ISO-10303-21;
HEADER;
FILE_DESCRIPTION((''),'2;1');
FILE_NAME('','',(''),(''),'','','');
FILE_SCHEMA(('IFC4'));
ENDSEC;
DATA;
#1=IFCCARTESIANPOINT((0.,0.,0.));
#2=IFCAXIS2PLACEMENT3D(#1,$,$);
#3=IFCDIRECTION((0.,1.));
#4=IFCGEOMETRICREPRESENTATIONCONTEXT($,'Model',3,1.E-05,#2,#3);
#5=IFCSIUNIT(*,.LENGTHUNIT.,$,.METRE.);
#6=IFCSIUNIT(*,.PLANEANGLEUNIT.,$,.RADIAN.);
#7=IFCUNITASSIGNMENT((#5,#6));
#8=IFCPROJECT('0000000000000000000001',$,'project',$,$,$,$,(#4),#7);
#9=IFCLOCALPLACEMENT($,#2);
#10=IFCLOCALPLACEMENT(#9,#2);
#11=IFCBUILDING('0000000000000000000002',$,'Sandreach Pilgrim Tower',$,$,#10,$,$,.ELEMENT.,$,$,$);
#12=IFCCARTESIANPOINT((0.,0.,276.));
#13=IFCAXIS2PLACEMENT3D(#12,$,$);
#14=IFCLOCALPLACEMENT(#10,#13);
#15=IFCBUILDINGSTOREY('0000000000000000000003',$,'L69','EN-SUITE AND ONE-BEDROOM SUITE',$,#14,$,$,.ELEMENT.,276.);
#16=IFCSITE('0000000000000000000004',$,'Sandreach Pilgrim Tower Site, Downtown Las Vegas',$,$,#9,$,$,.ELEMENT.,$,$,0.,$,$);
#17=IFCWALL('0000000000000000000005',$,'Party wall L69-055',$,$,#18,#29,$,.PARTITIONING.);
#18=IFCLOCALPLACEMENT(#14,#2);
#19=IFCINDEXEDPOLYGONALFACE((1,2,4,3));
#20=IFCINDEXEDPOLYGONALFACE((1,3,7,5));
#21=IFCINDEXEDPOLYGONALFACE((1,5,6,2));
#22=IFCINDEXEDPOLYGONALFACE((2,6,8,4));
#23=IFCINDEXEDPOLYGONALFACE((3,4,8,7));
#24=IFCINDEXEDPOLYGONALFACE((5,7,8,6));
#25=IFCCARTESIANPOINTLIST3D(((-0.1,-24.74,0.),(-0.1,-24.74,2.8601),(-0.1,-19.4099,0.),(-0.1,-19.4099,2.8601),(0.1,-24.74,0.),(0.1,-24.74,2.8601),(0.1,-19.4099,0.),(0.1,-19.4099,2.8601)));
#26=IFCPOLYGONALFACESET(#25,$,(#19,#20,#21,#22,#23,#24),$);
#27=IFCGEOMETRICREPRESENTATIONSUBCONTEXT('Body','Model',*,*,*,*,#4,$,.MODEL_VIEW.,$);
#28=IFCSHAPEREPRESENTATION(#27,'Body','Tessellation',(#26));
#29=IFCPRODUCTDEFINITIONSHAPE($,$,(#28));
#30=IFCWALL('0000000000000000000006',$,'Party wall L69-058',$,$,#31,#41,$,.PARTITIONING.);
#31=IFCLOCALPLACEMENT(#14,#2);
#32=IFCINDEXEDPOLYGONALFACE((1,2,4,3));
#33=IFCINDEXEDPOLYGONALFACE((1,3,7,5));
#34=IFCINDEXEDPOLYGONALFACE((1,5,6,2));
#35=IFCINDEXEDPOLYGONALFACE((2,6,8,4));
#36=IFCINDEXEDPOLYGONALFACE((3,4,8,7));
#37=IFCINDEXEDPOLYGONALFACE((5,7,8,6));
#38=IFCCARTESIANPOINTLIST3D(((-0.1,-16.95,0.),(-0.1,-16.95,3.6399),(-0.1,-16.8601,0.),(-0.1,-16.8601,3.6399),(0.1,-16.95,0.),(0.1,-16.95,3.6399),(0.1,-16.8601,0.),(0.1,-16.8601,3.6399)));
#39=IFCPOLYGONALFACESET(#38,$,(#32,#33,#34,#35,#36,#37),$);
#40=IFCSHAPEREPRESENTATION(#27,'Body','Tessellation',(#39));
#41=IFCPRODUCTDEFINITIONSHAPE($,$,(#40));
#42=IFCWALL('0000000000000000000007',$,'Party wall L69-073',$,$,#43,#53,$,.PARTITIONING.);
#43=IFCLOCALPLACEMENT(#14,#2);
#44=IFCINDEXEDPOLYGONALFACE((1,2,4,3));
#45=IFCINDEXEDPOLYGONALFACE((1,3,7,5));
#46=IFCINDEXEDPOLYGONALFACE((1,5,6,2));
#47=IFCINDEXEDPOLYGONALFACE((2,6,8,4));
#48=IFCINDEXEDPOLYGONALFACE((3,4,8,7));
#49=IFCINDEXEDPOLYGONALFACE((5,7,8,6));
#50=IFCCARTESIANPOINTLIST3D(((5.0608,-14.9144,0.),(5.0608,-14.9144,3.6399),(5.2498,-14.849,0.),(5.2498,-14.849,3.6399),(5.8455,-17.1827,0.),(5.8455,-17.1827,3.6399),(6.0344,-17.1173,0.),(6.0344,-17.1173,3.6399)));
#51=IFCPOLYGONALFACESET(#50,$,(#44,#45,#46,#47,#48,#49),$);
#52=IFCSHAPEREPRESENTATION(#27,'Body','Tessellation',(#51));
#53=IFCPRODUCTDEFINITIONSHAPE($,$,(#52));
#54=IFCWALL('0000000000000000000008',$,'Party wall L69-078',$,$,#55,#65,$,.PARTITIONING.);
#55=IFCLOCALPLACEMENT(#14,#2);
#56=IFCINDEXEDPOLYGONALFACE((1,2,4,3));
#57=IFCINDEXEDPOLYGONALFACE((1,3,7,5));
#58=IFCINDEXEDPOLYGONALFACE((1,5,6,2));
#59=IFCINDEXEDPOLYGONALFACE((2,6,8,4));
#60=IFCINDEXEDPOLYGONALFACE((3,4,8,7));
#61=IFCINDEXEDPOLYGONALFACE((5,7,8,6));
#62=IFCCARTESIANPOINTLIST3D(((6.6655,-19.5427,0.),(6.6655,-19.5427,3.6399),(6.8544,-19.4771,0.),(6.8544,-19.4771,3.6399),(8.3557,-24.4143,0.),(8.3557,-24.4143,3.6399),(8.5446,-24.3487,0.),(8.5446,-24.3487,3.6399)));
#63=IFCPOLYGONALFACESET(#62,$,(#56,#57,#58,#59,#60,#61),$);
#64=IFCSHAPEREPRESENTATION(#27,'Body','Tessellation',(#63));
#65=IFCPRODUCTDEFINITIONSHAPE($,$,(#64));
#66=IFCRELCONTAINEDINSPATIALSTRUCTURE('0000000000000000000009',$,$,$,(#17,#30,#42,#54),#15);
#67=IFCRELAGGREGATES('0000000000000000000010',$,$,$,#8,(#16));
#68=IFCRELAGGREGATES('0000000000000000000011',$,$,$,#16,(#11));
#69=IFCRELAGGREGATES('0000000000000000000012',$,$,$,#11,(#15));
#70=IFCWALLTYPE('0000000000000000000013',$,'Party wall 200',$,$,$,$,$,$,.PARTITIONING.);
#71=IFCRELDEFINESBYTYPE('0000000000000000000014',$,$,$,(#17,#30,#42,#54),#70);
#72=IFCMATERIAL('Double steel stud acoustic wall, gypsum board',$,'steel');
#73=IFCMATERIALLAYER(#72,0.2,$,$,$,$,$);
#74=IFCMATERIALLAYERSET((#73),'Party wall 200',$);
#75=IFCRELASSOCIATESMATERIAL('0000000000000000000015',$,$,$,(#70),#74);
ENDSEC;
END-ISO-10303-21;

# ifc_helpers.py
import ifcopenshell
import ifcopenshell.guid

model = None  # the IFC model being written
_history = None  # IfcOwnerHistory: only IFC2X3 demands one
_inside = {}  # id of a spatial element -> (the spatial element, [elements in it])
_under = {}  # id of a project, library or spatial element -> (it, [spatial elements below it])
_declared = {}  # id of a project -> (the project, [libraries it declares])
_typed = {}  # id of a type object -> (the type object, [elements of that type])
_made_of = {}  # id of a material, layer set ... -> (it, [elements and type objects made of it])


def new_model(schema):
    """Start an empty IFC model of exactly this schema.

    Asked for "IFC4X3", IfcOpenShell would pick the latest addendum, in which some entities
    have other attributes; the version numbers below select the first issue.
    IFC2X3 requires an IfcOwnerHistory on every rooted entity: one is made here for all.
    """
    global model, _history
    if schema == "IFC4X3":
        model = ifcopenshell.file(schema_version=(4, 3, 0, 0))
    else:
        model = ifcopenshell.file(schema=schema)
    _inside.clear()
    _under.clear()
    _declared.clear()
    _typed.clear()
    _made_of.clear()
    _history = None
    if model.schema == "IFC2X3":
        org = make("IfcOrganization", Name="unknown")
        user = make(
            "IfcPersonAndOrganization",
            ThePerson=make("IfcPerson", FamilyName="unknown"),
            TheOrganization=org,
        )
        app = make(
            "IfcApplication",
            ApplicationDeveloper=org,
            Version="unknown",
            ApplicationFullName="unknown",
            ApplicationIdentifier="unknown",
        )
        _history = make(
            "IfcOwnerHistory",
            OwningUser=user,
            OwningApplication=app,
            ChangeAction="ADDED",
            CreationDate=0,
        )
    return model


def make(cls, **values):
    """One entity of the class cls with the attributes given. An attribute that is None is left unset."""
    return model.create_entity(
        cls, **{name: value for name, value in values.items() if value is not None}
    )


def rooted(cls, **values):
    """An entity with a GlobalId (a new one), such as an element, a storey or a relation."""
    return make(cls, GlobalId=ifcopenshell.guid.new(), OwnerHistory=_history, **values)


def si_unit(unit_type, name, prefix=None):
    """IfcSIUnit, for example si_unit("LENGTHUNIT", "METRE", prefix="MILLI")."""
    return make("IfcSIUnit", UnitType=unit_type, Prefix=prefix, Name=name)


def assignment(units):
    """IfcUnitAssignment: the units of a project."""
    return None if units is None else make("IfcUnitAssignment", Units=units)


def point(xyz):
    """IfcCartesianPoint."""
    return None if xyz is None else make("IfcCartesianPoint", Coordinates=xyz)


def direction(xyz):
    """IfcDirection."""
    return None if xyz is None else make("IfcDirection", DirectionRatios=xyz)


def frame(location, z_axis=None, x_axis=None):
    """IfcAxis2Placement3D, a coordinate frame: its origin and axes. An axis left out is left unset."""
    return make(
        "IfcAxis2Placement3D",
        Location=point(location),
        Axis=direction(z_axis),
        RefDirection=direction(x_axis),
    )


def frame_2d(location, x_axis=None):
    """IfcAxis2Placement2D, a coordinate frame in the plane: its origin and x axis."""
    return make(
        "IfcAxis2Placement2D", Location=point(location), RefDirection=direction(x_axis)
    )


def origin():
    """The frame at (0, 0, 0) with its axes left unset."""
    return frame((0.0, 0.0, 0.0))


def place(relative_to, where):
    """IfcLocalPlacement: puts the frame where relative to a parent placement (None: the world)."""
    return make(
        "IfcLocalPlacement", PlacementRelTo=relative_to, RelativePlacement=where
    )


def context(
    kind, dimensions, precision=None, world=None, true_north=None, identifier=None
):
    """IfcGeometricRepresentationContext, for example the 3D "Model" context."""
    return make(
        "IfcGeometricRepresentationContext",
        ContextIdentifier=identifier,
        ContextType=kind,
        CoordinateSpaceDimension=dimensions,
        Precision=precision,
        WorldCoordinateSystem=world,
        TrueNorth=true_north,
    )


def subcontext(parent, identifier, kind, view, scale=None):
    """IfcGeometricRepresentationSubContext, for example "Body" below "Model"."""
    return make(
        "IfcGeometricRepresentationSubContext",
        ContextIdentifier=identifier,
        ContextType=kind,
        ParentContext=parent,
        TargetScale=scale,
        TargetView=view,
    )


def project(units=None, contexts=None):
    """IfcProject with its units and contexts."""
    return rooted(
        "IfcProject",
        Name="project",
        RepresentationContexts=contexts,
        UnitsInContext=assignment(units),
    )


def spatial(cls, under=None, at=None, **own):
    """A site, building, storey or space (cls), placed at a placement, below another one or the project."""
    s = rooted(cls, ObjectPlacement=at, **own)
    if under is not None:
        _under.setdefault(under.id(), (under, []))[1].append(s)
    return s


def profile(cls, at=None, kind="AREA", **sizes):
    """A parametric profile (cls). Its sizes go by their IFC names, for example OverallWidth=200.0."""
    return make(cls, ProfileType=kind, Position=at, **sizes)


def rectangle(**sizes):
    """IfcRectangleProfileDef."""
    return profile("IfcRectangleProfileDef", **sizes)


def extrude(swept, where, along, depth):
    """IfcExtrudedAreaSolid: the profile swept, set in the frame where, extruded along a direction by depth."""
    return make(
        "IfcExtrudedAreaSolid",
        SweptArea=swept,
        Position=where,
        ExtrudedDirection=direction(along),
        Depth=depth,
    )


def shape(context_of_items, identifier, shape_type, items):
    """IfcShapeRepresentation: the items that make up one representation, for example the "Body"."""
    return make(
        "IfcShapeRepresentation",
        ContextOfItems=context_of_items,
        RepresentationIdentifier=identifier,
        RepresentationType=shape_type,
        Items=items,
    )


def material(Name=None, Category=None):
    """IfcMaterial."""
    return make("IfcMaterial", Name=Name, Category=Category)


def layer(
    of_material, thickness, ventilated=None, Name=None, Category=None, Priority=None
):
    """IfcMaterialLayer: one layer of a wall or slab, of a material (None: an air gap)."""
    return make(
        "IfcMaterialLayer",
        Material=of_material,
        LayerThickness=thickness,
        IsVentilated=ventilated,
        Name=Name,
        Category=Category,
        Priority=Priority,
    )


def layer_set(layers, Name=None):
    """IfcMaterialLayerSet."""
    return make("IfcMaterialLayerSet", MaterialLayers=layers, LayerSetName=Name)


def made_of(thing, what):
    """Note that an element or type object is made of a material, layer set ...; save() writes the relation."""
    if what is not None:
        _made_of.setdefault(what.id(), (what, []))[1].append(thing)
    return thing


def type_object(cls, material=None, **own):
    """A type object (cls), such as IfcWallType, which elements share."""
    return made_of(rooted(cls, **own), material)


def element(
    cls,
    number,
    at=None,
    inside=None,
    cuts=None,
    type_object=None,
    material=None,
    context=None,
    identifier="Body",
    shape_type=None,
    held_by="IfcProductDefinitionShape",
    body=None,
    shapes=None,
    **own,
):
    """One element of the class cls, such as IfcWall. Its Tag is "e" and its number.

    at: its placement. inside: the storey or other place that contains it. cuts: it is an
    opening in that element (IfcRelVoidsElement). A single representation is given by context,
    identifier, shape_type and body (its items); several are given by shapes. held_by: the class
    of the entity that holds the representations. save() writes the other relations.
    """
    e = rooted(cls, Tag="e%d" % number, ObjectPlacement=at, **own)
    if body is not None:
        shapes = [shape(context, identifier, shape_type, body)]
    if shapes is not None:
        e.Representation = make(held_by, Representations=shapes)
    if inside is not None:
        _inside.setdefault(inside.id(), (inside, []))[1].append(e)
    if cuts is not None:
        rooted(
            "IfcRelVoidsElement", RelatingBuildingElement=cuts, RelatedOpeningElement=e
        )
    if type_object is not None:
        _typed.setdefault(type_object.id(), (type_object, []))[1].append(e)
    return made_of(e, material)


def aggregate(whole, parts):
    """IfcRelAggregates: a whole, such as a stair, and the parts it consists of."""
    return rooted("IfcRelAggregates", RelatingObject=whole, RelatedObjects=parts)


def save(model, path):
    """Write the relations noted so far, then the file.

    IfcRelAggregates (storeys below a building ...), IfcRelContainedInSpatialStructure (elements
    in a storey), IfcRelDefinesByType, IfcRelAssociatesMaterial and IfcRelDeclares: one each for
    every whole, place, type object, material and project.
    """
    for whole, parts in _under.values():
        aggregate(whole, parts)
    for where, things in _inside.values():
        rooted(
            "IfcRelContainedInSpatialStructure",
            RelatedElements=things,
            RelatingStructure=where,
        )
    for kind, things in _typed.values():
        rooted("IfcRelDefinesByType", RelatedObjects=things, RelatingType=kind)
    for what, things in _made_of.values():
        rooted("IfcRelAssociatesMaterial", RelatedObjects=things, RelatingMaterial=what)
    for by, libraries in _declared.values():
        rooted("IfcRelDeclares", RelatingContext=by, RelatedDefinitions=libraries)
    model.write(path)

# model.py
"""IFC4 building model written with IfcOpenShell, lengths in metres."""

from ifc_helpers import new_model, si_unit, direction, frame, frame_2d, origin, place, context, subcontext, project, spatial, rectangle, extrude, material, layer, layer_set, type_object, element, save


model = new_model("IFC4")

# Units and contexts
model_context = context("Model", 3, precision=1e-05, world=origin(), true_north=direction((0.0, 1.0)))
body_context = subcontext(model_context, "Body", "Model", "MODEL_VIEW")
ifc_project = project(units=[si_unit("LENGTHUNIT", "METRE"), si_unit("PLANEANGLEUNIT", "RADIAN")], contexts=[model_context])

# Site, building, storey
site_placement = place(None, origin())
site = spatial("IfcSite", under=ifc_project, at=site_placement, Name="Sandreach Pilgrim Tower Site, Downtown Las Vegas", CompositionType="ELEMENT", RefElevation=0.0)
building_placement = place(site_placement, origin())
building = spatial("IfcBuilding", under=site, at=building_placement, Name="Sandreach Pilgrim Tower", CompositionType="ELEMENT")
storey_placement = place(building_placement, frame((0.0, 0.0, 276.0)))
storey = spatial("IfcBuildingStorey", under=building, at=storey_placement, Name="L69", Description="EN-SUITE AND ONE-BEDROOM SUITE", CompositionType="ELEMENT", Elevation=276.0)

# Walls
ifc_material_1 = material(Name="Double steel stud acoustic wall, gypsum board", Category="steel")
ifc_layer_1 = layer(ifc_material_1, 0.2)
ifc_layer_set_1 = layer_set([ifc_layer_1], Name="Party wall 200")
wall_type_1 = type_object("IfcWallType", Name="Party wall 200", PredefinedType="PARTITIONING", material=ifc_layer_set_1)
wall_1_placement = place(storey_placement, frame((0.0, -24.74, 0.0), z_axis=(0.0, 0.0, 1.0), x_axis=(0.0, 1.0, 0.0)))
element("IfcWall", 1, at=wall_1_placement, inside=storey, type_object=wall_type_1, Name="Party wall L69-055", PredefinedType="PARTITIONING", context=body_context, shape_type="SweptSolid", body=[
    extrude(rectangle(XDim=5.3301, YDim=0.2, at=frame_2d((2.665, 0.0))), origin(), (0.0, 0.0, 1.0), 2.8601),
])
wall_2_placement = place(storey_placement, frame((0.0, -16.95, 0.0), z_axis=(0.0, 0.0, 1.0), x_axis=(0.0, 1.0, 0.0)))
element("IfcWall", 2, at=wall_2_placement, inside=storey, type_object=wall_type_1, Name="Party wall L69-058", PredefinedType="PARTITIONING", context=body_context, shape_type="SweptSolid", body=[
    extrude(rectangle(XDim=0.0898, YDim=0.2, at=frame_2d((0.0449, 0.0))), origin(), (0.0, 0.0, 1.0), 3.6399),
])
wall_3_placement = place(storey_placement, frame((5.1553, -14.8816, 0.0), z_axis=(0.0, 0.0, 1.0), x_axis=(0.326918, -0.945053, 0.0)))
element("IfcWall", 3, at=wall_3_placement, inside=storey, type_object=wall_type_1, Name="Party wall L69-073", PredefinedType="PARTITIONING", context=body_context, shape_type="SweptSolid", body=[
    extrude(rectangle(XDim=2.4001, YDim=0.2, at=frame_2d((1.2002, 0.0))), origin(), (0.0, 0.0, 1.0), 3.6399),
])
wall_4_placement = place(storey_placement, frame((6.76, -19.51, 0.0), z_axis=(0.0, 0.0, 1.0), x_axis=(0.32778, -0.944754, 0.0)))
element("IfcWall", 4, at=wall_4_placement, inside=storey, type_object=wall_type_1, Name="Party wall L69-078", PredefinedType="PARTITIONING", context=body_context, shape_type="SweptSolid", body=[
    extrude(rectangle(XDim=5.1565, YDim=0.2, at=frame_2d((2.5781, 0.0))), origin(), (0.0, 0.0, 1.0), 3.6399),
])

save(model, "model.ifc")
